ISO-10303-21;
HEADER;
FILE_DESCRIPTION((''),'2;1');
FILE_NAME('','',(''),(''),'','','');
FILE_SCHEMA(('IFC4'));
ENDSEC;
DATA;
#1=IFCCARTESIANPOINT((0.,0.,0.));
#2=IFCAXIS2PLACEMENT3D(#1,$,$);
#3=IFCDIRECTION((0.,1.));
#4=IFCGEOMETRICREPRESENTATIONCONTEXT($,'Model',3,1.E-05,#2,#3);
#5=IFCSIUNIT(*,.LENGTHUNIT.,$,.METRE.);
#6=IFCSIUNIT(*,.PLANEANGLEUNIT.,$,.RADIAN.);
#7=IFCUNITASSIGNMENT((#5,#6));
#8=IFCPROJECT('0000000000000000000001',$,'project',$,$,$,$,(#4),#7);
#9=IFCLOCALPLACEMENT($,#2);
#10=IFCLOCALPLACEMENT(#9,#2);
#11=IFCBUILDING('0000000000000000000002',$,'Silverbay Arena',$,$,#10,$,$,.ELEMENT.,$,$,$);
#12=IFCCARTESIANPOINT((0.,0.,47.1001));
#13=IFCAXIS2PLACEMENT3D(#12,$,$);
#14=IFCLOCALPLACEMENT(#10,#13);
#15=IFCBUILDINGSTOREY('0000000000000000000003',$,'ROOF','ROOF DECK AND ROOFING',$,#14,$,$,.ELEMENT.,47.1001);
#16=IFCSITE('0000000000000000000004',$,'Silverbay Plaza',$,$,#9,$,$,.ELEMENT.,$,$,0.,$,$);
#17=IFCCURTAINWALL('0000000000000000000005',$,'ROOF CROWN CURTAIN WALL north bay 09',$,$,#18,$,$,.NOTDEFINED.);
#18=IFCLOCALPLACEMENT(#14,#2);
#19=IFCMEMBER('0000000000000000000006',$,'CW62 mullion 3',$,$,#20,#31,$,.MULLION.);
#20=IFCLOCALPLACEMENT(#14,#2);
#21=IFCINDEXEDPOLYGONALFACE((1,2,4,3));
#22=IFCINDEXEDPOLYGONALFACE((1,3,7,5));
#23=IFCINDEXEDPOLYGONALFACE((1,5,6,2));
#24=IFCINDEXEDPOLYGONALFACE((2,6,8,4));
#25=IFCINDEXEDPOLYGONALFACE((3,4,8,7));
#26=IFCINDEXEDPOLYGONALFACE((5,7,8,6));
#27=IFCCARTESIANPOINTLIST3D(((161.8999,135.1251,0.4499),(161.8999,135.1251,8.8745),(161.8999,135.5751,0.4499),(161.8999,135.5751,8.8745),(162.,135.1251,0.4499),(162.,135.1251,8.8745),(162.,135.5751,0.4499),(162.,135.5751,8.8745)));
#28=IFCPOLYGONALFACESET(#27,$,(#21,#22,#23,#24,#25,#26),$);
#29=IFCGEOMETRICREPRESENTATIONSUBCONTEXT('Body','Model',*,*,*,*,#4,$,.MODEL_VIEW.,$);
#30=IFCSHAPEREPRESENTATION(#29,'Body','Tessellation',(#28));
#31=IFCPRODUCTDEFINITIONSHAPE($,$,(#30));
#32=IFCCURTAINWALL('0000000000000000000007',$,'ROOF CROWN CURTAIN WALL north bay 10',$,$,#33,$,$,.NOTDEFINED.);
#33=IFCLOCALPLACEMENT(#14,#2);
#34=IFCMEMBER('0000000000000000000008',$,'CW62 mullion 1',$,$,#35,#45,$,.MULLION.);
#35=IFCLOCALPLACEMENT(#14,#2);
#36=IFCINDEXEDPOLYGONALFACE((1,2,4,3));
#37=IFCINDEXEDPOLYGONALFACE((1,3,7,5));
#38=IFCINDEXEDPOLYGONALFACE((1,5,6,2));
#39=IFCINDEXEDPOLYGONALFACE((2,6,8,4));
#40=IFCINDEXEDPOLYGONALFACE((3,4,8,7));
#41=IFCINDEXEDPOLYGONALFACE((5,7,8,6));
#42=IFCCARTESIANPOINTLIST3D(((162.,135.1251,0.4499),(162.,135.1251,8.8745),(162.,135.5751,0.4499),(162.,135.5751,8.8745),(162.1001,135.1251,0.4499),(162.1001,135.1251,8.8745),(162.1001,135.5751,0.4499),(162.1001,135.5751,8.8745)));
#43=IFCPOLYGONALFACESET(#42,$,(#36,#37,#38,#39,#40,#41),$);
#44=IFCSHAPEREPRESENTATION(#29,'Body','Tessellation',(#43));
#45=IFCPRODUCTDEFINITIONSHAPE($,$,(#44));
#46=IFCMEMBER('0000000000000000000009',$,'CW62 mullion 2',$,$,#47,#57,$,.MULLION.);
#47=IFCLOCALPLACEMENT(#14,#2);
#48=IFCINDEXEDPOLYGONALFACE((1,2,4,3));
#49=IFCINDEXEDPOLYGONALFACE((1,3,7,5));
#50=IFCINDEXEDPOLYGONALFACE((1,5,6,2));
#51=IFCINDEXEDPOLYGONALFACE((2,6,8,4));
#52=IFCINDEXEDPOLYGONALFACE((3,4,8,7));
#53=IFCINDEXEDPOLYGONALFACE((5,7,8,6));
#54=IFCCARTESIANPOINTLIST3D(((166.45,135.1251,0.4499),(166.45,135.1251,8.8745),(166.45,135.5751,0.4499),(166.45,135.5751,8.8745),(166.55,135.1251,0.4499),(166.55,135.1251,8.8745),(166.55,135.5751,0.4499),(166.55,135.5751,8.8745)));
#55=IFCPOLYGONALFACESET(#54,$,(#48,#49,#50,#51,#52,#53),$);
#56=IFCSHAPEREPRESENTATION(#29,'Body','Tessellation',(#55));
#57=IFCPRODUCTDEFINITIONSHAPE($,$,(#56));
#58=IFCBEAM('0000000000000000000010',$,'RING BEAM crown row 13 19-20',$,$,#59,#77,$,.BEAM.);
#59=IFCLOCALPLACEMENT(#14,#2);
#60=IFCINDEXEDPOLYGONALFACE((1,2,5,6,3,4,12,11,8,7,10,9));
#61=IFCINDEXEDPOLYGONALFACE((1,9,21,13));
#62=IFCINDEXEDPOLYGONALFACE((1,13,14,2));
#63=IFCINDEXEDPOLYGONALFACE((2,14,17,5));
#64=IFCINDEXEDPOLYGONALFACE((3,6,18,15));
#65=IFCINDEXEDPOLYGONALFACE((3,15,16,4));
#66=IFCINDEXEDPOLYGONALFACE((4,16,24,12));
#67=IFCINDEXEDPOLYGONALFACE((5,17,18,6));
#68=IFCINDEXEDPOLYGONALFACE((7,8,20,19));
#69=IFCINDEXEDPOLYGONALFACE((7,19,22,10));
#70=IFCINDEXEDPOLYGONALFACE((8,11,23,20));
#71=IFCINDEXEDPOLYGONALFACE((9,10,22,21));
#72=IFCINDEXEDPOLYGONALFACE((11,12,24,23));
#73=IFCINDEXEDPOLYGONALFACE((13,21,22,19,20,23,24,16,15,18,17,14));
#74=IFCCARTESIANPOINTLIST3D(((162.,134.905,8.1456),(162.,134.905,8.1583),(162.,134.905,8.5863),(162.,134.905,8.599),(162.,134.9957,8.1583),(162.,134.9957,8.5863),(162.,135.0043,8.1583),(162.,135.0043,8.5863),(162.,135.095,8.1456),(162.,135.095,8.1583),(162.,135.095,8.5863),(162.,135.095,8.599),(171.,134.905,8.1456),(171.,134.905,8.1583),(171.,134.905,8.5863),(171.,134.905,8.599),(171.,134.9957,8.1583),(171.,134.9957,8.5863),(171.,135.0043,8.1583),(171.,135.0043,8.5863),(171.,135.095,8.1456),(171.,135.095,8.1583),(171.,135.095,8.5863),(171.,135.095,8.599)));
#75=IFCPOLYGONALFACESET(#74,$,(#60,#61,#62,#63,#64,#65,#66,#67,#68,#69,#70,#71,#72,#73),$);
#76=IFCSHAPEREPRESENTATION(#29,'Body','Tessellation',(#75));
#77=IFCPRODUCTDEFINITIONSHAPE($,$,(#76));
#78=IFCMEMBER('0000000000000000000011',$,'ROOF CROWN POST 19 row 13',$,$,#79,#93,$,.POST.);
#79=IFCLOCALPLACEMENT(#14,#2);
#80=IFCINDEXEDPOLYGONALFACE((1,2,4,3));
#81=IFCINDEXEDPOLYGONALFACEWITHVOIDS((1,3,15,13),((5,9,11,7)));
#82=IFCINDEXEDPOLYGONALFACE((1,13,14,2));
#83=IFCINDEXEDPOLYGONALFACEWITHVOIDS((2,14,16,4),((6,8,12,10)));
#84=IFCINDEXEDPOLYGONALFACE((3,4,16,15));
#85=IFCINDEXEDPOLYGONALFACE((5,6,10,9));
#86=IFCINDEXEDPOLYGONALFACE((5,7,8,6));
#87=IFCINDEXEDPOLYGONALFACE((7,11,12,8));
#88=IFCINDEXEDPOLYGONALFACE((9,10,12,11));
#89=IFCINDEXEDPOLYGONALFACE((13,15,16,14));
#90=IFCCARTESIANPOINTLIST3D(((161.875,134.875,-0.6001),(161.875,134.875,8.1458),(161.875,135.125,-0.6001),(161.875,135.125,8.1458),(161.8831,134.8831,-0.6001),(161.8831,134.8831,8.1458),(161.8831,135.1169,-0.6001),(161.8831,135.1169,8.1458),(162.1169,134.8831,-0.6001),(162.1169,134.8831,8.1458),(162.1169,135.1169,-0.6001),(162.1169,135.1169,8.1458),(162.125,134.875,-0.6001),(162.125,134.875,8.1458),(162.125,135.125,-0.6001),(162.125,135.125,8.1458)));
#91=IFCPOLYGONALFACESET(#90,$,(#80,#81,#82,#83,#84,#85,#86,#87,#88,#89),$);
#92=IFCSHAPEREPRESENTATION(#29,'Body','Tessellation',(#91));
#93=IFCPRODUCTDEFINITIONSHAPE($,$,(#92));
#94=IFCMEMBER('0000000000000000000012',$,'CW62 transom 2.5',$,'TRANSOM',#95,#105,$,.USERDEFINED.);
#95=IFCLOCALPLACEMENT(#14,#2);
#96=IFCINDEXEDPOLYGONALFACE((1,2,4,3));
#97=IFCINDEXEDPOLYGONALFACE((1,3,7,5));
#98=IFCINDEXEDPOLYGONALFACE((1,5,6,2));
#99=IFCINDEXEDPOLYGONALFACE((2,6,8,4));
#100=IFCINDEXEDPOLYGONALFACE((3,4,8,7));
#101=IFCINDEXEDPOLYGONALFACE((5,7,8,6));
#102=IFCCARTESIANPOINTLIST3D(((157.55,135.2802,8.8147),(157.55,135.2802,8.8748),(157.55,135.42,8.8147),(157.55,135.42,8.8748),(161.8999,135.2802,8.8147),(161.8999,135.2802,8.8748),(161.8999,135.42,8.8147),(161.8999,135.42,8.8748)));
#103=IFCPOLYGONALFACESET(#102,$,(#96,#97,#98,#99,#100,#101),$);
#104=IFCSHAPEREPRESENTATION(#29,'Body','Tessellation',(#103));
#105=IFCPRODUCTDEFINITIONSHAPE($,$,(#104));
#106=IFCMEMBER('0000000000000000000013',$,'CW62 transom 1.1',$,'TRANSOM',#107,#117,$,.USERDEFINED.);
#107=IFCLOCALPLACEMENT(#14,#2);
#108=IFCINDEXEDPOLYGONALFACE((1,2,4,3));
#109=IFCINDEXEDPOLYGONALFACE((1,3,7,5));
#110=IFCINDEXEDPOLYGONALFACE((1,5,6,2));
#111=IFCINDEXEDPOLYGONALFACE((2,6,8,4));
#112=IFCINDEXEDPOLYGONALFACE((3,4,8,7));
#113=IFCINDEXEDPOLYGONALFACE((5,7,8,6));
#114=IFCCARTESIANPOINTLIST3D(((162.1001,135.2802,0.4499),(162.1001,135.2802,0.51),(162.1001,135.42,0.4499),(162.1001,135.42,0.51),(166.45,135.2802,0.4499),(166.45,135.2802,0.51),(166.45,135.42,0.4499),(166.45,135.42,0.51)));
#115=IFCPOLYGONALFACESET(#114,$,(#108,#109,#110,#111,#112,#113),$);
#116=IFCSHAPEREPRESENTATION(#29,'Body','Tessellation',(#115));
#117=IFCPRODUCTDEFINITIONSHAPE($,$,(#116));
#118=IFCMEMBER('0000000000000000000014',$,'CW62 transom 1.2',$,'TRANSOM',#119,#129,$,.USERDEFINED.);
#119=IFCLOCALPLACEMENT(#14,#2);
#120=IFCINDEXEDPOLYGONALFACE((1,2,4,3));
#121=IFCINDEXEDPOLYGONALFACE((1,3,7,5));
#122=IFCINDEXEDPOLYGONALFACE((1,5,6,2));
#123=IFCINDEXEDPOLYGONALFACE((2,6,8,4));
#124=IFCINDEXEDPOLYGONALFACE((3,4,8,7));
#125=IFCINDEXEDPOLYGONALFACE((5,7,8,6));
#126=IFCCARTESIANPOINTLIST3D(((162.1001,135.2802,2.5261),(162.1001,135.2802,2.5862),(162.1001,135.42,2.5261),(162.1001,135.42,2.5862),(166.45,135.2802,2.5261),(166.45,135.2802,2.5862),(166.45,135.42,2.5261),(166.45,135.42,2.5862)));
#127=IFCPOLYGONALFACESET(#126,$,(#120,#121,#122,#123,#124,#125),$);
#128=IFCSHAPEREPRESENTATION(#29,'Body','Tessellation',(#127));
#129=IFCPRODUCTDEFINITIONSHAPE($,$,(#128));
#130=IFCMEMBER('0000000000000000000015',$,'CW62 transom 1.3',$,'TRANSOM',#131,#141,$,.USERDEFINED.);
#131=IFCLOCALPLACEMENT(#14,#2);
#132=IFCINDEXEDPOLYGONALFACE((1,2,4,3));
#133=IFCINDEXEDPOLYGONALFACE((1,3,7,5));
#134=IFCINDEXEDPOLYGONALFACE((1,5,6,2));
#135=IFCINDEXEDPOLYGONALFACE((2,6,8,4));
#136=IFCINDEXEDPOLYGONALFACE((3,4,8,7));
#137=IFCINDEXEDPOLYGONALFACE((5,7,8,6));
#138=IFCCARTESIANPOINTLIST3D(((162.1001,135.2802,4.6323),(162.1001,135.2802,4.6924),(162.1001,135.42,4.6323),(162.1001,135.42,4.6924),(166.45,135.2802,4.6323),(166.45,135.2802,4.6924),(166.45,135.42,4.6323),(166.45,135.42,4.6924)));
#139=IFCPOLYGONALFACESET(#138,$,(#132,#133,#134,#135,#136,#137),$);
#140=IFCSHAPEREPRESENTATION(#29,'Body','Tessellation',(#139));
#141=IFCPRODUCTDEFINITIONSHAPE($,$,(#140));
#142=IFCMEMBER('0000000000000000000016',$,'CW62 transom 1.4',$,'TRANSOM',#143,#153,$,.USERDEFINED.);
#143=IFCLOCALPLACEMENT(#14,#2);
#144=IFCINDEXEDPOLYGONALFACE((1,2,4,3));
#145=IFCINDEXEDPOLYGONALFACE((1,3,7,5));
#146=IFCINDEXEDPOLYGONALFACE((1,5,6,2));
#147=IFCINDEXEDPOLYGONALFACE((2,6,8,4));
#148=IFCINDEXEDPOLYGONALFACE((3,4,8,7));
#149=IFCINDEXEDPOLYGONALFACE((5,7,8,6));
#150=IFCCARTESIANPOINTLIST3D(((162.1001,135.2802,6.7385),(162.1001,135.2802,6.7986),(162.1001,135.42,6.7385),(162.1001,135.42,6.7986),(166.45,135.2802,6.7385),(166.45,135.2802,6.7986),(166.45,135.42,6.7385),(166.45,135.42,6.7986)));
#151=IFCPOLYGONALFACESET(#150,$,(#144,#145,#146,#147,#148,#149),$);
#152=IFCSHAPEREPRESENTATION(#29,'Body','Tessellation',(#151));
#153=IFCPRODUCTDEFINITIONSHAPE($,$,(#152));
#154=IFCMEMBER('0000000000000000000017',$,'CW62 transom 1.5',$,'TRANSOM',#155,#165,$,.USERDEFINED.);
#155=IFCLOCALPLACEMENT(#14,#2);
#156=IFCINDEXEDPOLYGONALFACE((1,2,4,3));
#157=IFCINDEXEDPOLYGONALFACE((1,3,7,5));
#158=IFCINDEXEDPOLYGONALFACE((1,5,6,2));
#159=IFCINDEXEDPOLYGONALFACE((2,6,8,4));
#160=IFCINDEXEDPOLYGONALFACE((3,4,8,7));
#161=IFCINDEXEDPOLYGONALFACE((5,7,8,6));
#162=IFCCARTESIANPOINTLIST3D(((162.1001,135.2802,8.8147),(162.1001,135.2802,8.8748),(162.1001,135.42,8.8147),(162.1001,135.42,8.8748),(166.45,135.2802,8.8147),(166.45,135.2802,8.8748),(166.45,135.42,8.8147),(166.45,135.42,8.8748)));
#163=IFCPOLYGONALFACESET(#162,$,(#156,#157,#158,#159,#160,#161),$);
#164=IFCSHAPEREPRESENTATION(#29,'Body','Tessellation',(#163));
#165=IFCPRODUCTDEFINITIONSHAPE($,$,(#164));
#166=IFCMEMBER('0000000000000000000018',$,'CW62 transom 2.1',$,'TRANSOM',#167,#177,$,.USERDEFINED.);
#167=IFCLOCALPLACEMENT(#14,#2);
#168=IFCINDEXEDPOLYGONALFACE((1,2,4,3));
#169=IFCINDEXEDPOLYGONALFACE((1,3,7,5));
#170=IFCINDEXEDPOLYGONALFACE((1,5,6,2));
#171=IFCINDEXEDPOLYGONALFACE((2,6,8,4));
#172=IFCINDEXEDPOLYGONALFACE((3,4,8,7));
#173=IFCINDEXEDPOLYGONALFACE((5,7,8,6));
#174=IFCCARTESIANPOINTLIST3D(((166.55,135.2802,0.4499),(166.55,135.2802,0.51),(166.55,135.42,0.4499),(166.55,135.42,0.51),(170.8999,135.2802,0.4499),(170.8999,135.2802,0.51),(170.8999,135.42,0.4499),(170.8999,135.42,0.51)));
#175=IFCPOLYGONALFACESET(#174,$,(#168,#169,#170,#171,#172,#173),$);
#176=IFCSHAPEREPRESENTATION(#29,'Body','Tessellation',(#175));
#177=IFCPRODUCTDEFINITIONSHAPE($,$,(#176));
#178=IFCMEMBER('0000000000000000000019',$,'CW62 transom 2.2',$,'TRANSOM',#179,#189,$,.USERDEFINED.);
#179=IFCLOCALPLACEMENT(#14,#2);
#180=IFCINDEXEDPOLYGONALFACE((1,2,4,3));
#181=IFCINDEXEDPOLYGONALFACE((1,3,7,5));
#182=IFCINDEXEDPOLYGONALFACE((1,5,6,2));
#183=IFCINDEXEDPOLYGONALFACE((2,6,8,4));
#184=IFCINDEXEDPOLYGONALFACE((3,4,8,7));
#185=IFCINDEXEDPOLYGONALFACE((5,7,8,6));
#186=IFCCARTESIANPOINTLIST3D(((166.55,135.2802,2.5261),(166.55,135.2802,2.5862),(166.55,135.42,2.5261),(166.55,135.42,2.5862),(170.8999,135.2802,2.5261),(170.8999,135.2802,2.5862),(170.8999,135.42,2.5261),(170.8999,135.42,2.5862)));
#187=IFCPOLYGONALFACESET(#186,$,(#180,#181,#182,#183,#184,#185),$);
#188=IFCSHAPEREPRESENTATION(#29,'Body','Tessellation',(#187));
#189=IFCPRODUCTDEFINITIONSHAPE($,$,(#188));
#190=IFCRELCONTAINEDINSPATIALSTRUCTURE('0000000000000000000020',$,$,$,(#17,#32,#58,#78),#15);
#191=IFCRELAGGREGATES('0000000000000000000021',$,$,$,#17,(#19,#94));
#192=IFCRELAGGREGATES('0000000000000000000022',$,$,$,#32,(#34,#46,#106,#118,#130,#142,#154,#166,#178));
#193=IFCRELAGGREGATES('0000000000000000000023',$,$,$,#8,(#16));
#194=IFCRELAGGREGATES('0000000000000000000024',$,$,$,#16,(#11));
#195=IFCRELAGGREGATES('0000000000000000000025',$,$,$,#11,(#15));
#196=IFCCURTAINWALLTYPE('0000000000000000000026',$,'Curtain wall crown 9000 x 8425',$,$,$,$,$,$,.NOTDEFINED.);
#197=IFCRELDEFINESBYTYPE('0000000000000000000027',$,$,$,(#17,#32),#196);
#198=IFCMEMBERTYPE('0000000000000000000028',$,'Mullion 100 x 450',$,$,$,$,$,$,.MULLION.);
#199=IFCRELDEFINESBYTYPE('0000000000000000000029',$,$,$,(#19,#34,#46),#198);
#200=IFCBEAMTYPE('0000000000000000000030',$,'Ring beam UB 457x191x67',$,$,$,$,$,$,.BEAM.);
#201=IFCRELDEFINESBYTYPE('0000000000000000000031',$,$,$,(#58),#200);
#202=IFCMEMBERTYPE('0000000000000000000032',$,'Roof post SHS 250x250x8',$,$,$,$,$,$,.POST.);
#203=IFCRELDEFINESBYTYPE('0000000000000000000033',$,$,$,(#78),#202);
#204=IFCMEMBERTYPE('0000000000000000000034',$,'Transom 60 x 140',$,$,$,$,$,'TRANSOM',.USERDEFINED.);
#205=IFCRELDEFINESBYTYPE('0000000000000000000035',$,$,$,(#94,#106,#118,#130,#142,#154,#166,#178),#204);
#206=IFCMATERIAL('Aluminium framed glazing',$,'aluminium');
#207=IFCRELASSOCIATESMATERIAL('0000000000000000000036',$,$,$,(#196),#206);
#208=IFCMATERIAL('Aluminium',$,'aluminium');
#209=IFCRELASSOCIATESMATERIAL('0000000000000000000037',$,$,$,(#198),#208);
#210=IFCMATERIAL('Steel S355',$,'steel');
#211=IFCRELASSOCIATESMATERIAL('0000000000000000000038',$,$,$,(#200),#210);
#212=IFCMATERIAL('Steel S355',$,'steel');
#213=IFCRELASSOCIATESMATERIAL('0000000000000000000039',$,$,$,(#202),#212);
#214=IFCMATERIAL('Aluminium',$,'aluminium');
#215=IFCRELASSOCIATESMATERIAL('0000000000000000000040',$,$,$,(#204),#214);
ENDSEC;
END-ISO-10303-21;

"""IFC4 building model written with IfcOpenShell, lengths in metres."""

from ifc_helpers import new_model, si_unit, direction, frame, origin, origin_2d, place, context, subcontext, project, spatial, rectangle, hollow_rectangle, i_section, extrude, material, material_profile, profile_set, type_object, element, aggregate, save


model = new_model("IFC4")

# Units and contexts
model_context = context("Model", 3, precision=1e-05, world=origin(), true_north=direction((0.0, 1.0)))
body_context = subcontext(model_context, "Body", "Model", "MODEL_VIEW")
ifc_project = project(units=[si_unit("LENGTHUNIT", "METRE"), si_unit("PLANEANGLEUNIT", "RADIAN")], contexts=[model_context])

# Site, building, storey
site_placement = place(None, origin())
site = spatial("IfcSite", under=ifc_project, at=site_placement, Name="Silverbay Plaza", CompositionType="ELEMENT", RefElevation=0.0)
building_placement = place(site_placement, origin())
building = spatial("IfcBuilding", under=site, at=building_placement, Name="Silverbay Arena", CompositionType="ELEMENT")
storey_placement = place(building_placement, frame((0.0, 0.0, 47.1001)))
storey = spatial("IfcBuildingStorey", under=building, at=storey_placement, Name="ROOF", Description="ROOF DECK AND ROOFING", CompositionType="ELEMENT", Elevation=47.1001)

# Curtain wall, member
ifc_material_1 = material(Name="Aluminium framed glazing", Category="aluminium")
curtain_wall_type = type_object("IfcCurtainWallType", Name="Curtain wall crown 9000 x 8425", PredefinedType="NOTDEFINED", material=ifc_material_1)
curtain_wall_1_placement = place(storey_placement, origin())
curtain_wall_1 = element("IfcCurtainWall", 1, at=curtain_wall_1_placement, inside=storey, type_object=curtain_wall_type, Name="ROOF CROWN CURTAIN WALL north bay 09", PredefinedType="NOTDEFINED")
ifc_material_2 = material(Name="Aluminium", Category="aluminium")
ifc_material_profile_1 = material_profile(ifc_material_2, rectangle(XDim=0.45, YDim=0.1001, at=origin_2d()), Name="Mullion 100 x 450")
ifc_profile_set_1 = profile_set([ifc_material_profile_1], Name="Aluminium")
member_type_1 = type_object("IfcMemberType", Name="Mullion 100 x 450", PredefinedType="MULLION", material=ifc_profile_set_1)
placement = place(building_placement, frame((0.0, 0.0, 33.5)))
member_1_placement = place(placement, frame((161.95, 135.3501, 14.05), z_axis=(0.0, 0.0, 1.0), x_axis=(0.0, 1.0, 0.0)))
member_1 = element("IfcMember", 2, at=member_1_placement, type_object=member_type_1, Name="CW62 mullion 3", PredefinedType="MULLION", context=body_context, shape_type="SweptSolid", body=[
    extrude(rectangle(XDim=0.45, YDim=0.1001, at=origin_2d()), origin(), (0.0, 0.0, 1.0), 8.4246),
])

# Curtain wall, members
curtain_wall_2_placement = place(storey_placement, origin())
curtain_wall_2 = element("IfcCurtainWall", 3, at=curtain_wall_2_placement, inside=storey, type_object=curtain_wall_type, Name="ROOF CROWN CURTAIN WALL north bay 10", PredefinedType="NOTDEFINED")
member_2_placement = place(placement, frame((162.05, 135.3501, 14.05), z_axis=(0.0, 0.0, 1.0), x_axis=(0.0, 1.0, 0.0)))
member_2 = element("IfcMember", 4, at=member_2_placement, type_object=member_type_1, Name="CW62 mullion 1", PredefinedType="MULLION", context=body_context, shape_type="SweptSolid", body=[
    extrude(rectangle(XDim=0.45, YDim=0.1001, at=origin_2d()), origin(), (0.0, 0.0, 1.0), 8.4246),
])
member_3_placement = place(placement, frame((166.5, 135.3501, 14.05), z_axis=(0.0, 0.0, 1.0), x_axis=(0.0, 1.0, 0.0)))
member_3 = element("IfcMember", 5, at=member_3_placement, type_object=member_type_1, Name="CW62 mullion 2", PredefinedType="MULLION", context=body_context, shape_type="SweptSolid", body=[
    extrude(rectangle(XDim=0.45, YDim=0.1001, at=origin_2d()), origin(), (0.0, 0.0, 1.0), 8.4246),
])

# Beam
ifc_material_3 = material(Name="Steel S355", Category="steel")
ifc_material_profile_2 = material_profile(ifc_material_3, i_section(OverallWidth=0.1899, OverallDepth=0.4534, WebThickness=0.0085, FlangeThickness=0.0127, at=origin_2d()), Name="UB 457x191x67")
ifc_profile_set_2 = profile_set([ifc_material_profile_2], Name="Steel S355")
beam_type = type_object("IfcBeamType", Name="Ring beam UB 457x191x67", PredefinedType="BEAM", material=ifc_profile_set_2)
beam_placement = place(storey_placement, frame((162.0, 135.0, 8.3723), z_axis=(1.0, 0.0, 0.0), x_axis=(0.0, 1.0, 0.0)))
element("IfcBeam", 6, at=beam_placement, inside=storey, type_object=beam_type, Name="RING BEAM crown row 13 19-20", PredefinedType="BEAM", context=body_context, shape_type="SweptSolid", body=[
    extrude(i_section(OverallWidth=0.1899, OverallDepth=0.4534, WebThickness=0.0085, FlangeThickness=0.0127, at=origin_2d()), origin(), (0.0, 0.0, 1.0), 9.0),
])

# Members
ifc_material_4 = material(Name="Steel S355", Category="steel")
ifc_material_profile_3 = material_profile(ifc_material_4, hollow_rectangle(XDim=0.25, YDim=0.25, WallThickness=0.0081, at=origin_2d()), Name="SHS 250x250x8")
ifc_profile_set_3 = profile_set([ifc_material_profile_3], Name="Steel S355")
member_type_2 = type_object("IfcMemberType", Name="Roof post SHS 250x250x8", PredefinedType="POST", material=ifc_profile_set_3)
member_4_placement = place(storey_placement, frame((162.0, 135.0, -0.6001), z_axis=(0.0, 0.0, 1.0), x_axis=(1.0, 0.0, 0.0)))
element("IfcMember", 7, at=member_4_placement, inside=storey, type_object=member_type_2, Name="ROOF CROWN POST 19 row 13", PredefinedType="POST", context=body_context, shape_type="SweptSolid", body=[
    extrude(hollow_rectangle(XDim=0.25, YDim=0.25, WallThickness=0.0081, at=origin_2d()), origin(), (0.0, 0.0, 1.0), 8.7458),
])
ifc_material_5 = material(Name="Aluminium", Category="aluminium")
ifc_material_profile_4 = material_profile(ifc_material_5, rectangle(XDim=0.1399, YDim=0.0601, at=origin_2d()), Name="Transom 60 x 140")
ifc_profile_set_4 = profile_set([ifc_material_profile_4], Name="Aluminium")
member_type_3 = type_object("IfcMemberType", Name="Transom 60 x 140", ElementType="TRANSOM", PredefinedType="USERDEFINED", material=ifc_profile_set_4)
member_5_placement = place(placement, frame((157.55, 135.3501, 22.4448), z_axis=(1.0, 0.0, 0.0), x_axis=(0.0, 1.0, 0.0)))
member_5 = element("IfcMember", 8, at=member_5_placement, type_object=member_type_3, Name="CW62 transom 2.5", ObjectType="TRANSOM", PredefinedType="USERDEFINED", context=body_context, shape_type="SweptSolid", body=[
    extrude(rectangle(XDim=0.1399, YDim=0.0601, at=origin_2d()), origin(), (0.0, 0.0, 1.0), 4.3499),
])
member_6_placement = place(placement, frame((162.1001, 135.3501, 14.0801), z_axis=(1.0, 0.0, 0.0), x_axis=(0.0, 1.0, 0.0)))
member_6 = element("IfcMember", 9, at=member_6_placement, type_object=member_type_3, Name="CW62 transom 1.1", ObjectType="TRANSOM", PredefinedType="USERDEFINED", context=body_context, shape_type="SweptSolid", body=[
    extrude(rectangle(XDim=0.1399, YDim=0.0601, at=origin_2d()), origin(), (0.0, 0.0, 1.0), 4.3499),
])
member_7_placement = place(placement, frame((162.1001, 135.3501, 16.1562), z_axis=(1.0, 0.0, 0.0), x_axis=(0.0, 1.0, 0.0)))
member_7 = element("IfcMember", 10, at=member_7_placement, type_object=member_type_3, Name="CW62 transom 1.2", ObjectType="TRANSOM", PredefinedType="USERDEFINED", context=body_context, shape_type="SweptSolid", body=[
    extrude(rectangle(XDim=0.1399, YDim=0.0601, at=origin_2d()), origin(), (0.0, 0.0, 1.0), 4.3499),
])
member_8_placement = place(placement, frame((162.1001, 135.3501, 18.2625), z_axis=(1.0, 0.0, 0.0), x_axis=(0.0, 1.0, 0.0)))
member_8 = element("IfcMember", 11, at=member_8_placement, type_object=member_type_3, Name="CW62 transom 1.3", ObjectType="TRANSOM", PredefinedType="USERDEFINED", context=body_context, shape_type="SweptSolid", body=[
    extrude(rectangle(XDim=0.1399, YDim=0.0601, at=origin_2d()), origin(), (0.0, 0.0, 1.0), 4.3499),
])
member_9_placement = place(placement, frame((162.1001, 135.3501, 20.3687), z_axis=(1.0, 0.0, 0.0), x_axis=(0.0, 1.0, 0.0)))
member_9 = element("IfcMember", 12, at=member_9_placement, type_object=member_type_3, Name="CW62 transom 1.4", ObjectType="TRANSOM", PredefinedType="USERDEFINED", context=body_context, shape_type="SweptSolid", body=[
    extrude(rectangle(XDim=0.1399, YDim=0.0601, at=origin_2d()), origin(), (0.0, 0.0, 1.0), 4.3499),
])
member_10_placement = place(placement, frame((162.1001, 135.3501, 22.4448), z_axis=(1.0, 0.0, 0.0), x_axis=(0.0, 1.0, 0.0)))
member_10 = element("IfcMember", 13, at=member_10_placement, type_object=member_type_3, Name="CW62 transom 1.5", ObjectType="TRANSOM", PredefinedType="USERDEFINED", context=body_context, shape_type="SweptSolid", body=[
    extrude(rectangle(XDim=0.1399, YDim=0.0601, at=origin_2d()), origin(), (0.0, 0.0, 1.0), 4.3499),
])
member_11_placement = place(placement, frame((166.55, 135.3501, 14.0801), z_axis=(1.0, 0.0, 0.0), x_axis=(0.0, 1.0, 0.0)))
member_11 = element("IfcMember", 14, at=member_11_placement, type_object=member_type_3, Name="CW62 transom 2.1", ObjectType="TRANSOM", PredefinedType="USERDEFINED", context=body_context, shape_type="SweptSolid", body=[
    extrude(rectangle(XDim=0.1399, YDim=0.0601, at=origin_2d()), origin(), (0.0, 0.0, 1.0), 4.3499),
])
member_12_placement = place(placement, frame((166.55, 135.3501, 16.1562), z_axis=(1.0, 0.0, 0.0), x_axis=(0.0, 1.0, 0.0)))
member_12 = element("IfcMember", 15, at=member_12_placement, type_object=member_type_3, Name="CW62 transom 2.2", ObjectType="TRANSOM", PredefinedType="USERDEFINED", context=body_context, shape_type="SweptSolid", body=[
    extrude(rectangle(XDim=0.1399, YDim=0.0601, at=origin_2d()), origin(), (0.0, 0.0, 1.0), 4.3499),
])

aggregate(curtain_wall_1, [member_1, member_5])
aggregate(curtain_wall_2, [member_2, member_3, member_6, member_7, member_8, member_9, member_10, member_11, member_12])

save(model, "model.ifc")
